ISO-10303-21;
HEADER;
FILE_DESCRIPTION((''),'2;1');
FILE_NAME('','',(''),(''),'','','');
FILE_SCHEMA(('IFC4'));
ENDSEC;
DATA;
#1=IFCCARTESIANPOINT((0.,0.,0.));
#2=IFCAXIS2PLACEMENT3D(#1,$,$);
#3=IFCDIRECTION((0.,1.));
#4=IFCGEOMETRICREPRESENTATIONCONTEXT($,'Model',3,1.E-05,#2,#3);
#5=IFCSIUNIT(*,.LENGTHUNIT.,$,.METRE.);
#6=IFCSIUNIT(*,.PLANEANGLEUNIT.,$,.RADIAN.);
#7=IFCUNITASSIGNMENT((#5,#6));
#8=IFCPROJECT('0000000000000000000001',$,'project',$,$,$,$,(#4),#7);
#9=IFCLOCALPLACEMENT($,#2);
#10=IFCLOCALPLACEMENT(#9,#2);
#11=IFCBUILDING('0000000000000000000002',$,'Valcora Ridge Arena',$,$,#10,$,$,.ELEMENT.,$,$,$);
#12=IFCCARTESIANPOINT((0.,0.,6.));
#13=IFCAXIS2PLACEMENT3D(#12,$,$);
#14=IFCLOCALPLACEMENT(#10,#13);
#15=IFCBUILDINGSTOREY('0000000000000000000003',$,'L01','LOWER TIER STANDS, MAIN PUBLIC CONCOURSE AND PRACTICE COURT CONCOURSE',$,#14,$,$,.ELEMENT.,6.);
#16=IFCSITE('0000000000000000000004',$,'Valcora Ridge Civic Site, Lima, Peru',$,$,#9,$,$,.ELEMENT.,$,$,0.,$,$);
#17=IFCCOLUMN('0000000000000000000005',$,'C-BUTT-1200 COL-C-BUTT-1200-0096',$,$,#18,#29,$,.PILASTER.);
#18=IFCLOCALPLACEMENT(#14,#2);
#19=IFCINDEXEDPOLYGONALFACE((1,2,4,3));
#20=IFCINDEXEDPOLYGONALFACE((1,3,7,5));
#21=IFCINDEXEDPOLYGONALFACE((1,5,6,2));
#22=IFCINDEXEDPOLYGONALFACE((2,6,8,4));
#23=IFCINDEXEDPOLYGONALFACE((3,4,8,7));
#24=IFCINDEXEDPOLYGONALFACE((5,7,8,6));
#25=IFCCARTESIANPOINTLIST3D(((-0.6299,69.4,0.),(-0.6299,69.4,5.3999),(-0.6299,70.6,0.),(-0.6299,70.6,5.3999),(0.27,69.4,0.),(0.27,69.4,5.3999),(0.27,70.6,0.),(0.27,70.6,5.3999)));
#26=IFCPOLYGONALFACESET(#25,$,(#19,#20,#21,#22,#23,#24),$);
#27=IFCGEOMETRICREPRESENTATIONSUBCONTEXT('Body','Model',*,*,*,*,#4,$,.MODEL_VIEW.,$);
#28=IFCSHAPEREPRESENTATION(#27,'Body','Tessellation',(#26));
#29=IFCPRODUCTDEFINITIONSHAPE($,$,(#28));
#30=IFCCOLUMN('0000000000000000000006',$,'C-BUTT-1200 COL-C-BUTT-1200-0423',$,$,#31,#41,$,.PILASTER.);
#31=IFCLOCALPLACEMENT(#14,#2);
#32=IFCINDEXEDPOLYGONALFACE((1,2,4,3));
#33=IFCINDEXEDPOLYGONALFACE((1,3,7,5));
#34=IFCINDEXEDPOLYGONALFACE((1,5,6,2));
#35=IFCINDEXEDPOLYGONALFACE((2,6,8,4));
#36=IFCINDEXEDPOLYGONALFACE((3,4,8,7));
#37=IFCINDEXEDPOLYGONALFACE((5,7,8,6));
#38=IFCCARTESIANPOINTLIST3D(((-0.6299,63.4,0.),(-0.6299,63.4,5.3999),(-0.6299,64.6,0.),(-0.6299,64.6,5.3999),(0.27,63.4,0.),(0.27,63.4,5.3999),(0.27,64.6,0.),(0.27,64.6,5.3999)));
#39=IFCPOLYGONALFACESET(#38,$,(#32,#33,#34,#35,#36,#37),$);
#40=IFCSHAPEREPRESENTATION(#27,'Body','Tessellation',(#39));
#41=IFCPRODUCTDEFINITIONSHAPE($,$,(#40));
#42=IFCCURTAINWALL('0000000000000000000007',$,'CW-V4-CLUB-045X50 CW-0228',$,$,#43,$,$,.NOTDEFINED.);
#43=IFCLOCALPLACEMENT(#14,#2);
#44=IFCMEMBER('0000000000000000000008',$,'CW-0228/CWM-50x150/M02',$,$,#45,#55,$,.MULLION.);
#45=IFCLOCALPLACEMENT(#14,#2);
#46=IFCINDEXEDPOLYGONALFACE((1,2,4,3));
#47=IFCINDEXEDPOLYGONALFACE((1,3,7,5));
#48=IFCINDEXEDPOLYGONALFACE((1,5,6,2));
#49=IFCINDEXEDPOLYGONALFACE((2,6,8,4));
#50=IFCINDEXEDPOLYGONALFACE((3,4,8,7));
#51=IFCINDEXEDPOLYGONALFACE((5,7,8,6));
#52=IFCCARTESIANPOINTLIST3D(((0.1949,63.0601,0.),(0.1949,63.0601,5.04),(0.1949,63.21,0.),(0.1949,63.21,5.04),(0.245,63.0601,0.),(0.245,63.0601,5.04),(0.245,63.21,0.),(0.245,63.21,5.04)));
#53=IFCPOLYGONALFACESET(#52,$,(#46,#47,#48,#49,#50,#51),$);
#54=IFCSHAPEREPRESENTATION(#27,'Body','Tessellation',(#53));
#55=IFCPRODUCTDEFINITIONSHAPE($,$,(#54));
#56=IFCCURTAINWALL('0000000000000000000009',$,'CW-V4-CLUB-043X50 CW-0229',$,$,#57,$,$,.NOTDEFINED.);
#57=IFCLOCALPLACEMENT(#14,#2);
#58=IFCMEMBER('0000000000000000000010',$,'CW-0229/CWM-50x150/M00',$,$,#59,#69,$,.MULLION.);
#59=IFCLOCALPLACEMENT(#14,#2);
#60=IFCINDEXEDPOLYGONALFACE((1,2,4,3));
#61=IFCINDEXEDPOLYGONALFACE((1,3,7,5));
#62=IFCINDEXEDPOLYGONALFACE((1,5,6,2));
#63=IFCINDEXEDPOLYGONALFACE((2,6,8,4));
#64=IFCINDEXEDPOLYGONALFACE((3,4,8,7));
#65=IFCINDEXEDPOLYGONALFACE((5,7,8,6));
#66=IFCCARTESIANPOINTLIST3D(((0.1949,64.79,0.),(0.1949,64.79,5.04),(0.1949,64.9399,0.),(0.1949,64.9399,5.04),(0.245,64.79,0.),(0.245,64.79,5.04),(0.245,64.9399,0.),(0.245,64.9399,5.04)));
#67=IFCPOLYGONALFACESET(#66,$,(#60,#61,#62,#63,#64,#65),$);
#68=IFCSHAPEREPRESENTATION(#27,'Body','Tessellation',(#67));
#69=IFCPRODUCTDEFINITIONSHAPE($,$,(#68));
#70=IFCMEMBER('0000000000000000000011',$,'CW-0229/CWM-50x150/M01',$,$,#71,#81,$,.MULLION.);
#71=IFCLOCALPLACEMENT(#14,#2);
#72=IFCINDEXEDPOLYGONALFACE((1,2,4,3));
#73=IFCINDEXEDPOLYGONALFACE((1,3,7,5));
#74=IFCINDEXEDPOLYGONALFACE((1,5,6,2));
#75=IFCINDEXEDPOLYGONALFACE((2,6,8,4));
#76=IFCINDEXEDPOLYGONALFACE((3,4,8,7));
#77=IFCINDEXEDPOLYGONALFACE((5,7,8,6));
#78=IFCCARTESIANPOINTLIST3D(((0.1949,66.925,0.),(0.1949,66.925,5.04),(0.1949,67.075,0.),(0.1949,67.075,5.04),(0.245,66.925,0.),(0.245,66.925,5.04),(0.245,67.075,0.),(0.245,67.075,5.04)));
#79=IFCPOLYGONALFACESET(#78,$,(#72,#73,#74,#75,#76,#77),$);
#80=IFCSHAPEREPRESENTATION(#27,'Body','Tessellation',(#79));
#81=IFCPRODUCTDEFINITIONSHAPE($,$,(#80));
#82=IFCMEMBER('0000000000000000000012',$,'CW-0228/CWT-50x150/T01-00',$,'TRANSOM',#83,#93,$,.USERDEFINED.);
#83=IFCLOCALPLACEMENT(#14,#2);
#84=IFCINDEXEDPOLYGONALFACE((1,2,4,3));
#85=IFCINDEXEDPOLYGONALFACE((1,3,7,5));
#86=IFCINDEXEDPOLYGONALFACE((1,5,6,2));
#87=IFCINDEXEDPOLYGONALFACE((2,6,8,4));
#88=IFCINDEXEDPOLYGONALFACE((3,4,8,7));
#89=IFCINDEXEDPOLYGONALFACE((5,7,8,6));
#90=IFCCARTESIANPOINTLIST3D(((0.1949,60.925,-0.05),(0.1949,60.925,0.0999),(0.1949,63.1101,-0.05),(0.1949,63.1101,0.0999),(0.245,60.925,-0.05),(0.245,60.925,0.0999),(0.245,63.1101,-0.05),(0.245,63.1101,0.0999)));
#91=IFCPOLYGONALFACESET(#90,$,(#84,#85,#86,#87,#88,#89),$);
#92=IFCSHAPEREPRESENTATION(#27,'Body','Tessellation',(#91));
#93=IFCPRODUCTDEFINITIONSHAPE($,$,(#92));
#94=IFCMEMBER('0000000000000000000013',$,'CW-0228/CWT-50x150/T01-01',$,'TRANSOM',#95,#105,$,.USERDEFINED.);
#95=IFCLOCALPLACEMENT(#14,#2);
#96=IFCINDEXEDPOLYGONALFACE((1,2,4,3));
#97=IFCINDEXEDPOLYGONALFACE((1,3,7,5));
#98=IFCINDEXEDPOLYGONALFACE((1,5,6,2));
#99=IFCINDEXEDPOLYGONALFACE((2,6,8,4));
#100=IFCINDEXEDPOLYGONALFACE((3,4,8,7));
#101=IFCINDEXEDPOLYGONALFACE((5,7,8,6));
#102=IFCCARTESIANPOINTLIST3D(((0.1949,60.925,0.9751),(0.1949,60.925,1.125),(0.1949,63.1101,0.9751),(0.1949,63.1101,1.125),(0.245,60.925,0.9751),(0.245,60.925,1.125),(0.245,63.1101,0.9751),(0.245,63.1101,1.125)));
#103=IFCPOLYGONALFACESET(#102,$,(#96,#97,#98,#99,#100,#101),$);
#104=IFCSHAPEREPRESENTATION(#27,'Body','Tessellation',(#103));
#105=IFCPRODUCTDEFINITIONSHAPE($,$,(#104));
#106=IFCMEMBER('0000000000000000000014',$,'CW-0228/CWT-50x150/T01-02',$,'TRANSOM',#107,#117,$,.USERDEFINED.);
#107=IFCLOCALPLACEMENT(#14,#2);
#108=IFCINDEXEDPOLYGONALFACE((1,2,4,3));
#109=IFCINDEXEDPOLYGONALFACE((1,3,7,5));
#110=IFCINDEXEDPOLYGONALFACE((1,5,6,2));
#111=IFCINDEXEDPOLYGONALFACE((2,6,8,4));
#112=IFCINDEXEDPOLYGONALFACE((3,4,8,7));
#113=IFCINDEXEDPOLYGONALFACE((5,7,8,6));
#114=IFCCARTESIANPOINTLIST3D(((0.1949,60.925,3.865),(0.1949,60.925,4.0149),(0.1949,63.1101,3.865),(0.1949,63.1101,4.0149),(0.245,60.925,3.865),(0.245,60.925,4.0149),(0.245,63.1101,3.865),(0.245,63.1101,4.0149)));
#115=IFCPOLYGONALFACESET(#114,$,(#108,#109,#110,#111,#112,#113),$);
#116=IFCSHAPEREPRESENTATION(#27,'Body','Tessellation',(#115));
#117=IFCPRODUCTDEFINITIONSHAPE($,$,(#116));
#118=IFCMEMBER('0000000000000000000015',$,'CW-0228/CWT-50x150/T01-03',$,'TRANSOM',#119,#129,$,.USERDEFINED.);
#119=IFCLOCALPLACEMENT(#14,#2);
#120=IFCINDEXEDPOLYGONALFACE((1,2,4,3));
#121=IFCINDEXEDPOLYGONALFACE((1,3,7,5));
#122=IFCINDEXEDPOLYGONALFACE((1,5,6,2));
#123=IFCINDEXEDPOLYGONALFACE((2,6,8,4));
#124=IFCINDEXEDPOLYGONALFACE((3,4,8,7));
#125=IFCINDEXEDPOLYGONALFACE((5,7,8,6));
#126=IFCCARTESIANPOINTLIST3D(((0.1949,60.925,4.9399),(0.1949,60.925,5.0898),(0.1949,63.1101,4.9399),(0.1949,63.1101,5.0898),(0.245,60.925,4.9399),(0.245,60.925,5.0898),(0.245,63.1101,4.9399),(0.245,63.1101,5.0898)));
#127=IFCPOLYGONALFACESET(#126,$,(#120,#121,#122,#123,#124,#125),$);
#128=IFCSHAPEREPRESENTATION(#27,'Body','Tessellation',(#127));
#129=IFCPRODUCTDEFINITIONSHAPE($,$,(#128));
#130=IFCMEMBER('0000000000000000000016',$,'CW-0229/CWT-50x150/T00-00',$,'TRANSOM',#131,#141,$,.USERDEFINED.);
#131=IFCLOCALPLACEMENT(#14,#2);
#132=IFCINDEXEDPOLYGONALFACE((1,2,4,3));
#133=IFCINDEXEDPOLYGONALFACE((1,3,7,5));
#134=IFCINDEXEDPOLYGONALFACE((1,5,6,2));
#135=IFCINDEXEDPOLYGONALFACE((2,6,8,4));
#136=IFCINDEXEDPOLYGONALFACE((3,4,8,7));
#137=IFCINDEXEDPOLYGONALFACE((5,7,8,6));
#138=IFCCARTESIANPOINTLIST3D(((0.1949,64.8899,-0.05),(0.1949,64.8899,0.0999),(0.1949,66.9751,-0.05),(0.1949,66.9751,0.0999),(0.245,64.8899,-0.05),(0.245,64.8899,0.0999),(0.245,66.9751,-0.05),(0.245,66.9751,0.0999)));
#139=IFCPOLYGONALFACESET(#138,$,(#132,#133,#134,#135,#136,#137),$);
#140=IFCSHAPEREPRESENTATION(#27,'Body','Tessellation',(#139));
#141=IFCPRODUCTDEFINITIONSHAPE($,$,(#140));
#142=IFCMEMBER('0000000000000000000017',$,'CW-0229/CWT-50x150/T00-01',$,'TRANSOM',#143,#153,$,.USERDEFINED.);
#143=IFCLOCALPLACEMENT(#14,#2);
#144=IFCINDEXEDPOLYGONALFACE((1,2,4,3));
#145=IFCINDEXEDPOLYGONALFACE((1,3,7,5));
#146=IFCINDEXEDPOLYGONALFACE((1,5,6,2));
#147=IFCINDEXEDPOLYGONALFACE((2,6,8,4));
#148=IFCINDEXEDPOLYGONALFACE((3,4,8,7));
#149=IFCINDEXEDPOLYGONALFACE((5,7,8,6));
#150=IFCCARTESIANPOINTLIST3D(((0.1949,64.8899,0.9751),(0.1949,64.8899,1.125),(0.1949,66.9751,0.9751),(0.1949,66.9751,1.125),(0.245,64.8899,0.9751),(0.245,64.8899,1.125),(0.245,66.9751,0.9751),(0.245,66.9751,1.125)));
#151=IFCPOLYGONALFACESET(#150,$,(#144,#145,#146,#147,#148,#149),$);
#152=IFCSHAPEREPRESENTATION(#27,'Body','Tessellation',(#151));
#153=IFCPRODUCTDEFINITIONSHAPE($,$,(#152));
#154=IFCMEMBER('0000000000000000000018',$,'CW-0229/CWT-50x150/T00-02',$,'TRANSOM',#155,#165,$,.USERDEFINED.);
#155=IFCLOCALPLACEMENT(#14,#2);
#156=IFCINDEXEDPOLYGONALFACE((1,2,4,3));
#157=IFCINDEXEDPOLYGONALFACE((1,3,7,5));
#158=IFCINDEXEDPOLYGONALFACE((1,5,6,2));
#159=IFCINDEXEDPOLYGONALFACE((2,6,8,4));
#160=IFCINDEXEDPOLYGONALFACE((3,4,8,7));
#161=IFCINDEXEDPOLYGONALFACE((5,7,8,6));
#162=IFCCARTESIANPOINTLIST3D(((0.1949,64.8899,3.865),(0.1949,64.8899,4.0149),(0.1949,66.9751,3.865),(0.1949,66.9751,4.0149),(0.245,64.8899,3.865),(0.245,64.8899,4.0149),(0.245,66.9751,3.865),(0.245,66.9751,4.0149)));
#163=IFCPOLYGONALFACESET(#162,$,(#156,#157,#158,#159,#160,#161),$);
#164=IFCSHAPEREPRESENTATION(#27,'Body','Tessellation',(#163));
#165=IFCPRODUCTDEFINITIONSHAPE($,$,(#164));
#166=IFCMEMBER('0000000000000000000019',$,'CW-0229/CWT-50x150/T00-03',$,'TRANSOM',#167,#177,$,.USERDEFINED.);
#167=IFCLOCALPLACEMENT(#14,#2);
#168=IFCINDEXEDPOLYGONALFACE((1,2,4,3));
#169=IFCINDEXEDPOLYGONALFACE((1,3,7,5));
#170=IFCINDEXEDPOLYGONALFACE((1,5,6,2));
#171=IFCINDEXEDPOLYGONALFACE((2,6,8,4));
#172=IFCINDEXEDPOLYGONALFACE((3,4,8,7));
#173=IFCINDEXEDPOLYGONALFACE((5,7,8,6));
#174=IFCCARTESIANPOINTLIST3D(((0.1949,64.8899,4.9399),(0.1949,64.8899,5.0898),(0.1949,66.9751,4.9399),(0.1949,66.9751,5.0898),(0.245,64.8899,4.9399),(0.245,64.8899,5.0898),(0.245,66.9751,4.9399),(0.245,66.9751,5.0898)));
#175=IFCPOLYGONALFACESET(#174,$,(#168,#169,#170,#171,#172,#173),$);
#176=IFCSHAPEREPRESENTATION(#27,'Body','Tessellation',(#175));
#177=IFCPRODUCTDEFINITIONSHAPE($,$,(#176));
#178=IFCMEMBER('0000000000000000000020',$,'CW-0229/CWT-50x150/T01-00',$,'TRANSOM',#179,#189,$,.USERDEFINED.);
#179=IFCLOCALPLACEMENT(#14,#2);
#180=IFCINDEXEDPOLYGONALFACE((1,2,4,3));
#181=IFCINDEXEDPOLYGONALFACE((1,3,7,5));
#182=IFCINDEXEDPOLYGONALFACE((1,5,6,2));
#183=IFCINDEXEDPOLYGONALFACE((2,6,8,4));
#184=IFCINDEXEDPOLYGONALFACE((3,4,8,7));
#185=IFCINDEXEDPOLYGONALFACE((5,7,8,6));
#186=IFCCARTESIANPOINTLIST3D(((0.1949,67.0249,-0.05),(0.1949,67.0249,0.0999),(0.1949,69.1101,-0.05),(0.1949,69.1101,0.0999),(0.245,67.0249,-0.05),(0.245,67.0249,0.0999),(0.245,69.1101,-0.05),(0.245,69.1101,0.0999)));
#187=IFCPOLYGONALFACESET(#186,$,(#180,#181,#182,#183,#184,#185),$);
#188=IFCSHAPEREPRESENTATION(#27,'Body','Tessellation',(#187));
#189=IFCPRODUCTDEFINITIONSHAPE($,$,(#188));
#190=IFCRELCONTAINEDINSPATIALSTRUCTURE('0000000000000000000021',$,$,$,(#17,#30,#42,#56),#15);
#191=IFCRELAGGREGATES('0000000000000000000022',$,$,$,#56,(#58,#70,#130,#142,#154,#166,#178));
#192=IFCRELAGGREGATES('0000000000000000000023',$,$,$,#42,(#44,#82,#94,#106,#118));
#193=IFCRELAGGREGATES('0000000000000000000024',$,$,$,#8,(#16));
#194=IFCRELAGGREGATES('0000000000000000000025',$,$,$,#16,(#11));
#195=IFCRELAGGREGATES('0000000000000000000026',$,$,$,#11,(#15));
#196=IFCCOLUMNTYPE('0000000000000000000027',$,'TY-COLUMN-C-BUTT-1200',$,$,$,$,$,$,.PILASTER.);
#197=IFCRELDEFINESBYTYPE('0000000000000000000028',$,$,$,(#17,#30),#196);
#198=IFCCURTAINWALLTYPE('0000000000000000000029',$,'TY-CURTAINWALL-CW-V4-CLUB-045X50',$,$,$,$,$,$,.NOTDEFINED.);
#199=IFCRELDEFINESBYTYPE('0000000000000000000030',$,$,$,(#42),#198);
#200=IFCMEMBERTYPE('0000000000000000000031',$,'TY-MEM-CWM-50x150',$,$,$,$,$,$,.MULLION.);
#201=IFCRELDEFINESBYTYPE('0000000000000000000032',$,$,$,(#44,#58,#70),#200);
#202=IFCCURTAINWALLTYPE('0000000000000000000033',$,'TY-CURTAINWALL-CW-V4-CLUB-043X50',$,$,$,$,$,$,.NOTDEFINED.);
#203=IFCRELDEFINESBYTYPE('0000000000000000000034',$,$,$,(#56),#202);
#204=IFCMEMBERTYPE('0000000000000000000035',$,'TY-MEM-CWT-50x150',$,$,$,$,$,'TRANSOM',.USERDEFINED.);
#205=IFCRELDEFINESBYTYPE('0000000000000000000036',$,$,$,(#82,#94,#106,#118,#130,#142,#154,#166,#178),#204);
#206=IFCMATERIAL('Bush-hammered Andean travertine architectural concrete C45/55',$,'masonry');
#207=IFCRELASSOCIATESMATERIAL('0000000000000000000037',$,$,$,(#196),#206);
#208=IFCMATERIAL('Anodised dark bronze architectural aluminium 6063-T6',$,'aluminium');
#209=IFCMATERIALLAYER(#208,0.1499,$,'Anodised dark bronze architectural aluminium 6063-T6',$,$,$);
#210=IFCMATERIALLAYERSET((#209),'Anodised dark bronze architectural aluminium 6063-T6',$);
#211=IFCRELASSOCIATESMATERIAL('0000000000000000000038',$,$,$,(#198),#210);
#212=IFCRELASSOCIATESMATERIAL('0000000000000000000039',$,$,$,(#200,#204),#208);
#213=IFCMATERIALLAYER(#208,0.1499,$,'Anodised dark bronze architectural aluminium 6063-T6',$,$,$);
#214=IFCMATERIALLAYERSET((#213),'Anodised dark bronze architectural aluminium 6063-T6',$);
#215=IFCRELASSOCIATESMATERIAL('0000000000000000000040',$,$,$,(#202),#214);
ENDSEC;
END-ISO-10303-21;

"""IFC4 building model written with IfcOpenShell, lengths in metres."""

from ifc_helpers import new_model, si_unit, direction, frame, origin, origin_2d, place, context, subcontext, project, spatial, rectangle, extrude, material, layer, layer_set, material_profile, profile_set, type_object, element, aggregate, save


model = new_model("IFC4")

# Units and contexts
model_context = context("Model", 3, precision=1e-05, world=origin(), true_north=direction((0.0, 1.0)))
body_context = subcontext(model_context, "Body", "Model", "MODEL_VIEW")
ifc_project = project(units=[si_unit("LENGTHUNIT", "METRE"), si_unit("PLANEANGLEUNIT", "RADIAN")], contexts=[model_context])

# Site, building, storey
site_placement = place(None, origin())
site = spatial("IfcSite", under=ifc_project, at=site_placement, Name="Valcora Ridge Civic Site, Lima, Peru", CompositionType="ELEMENT", RefElevation=0.0)
building_placement = place(site_placement, origin())
building = spatial("IfcBuilding", under=site, at=building_placement, Name="Valcora Ridge Arena", CompositionType="ELEMENT")
storey_placement = place(building_placement, frame((0.0, 0.0, 6.0)))
storey = spatial("IfcBuildingStorey", under=building, at=storey_placement, Name="L01", Description="LOWER TIER STANDS, MAIN PUBLIC CONCOURSE AND PRACTICE COURT CONCOURSE", CompositionType="ELEMENT", Elevation=6.0)

# Columns
ifc_material_1 = material(Name="Bush-hammered Andean travertine architectural concrete C45/55", Category="masonry")
ifc_material_profile_1 = material_profile(ifc_material_1, rectangle(XDim=0.8999, YDim=1.2, at=origin_2d()), Name="RC 900x1200")
ifc_profile_set_1 = profile_set([ifc_material_profile_1], Name="Bush-hammered Andean travertine architectural concrete C45/55")
column_type = type_object("IfcColumnType", Name="TY-COLUMN-C-BUTT-1200", PredefinedType="PILASTER", material=ifc_profile_set_1)
for number, where, z_axis, x_axis, name in (
    (1, (-0.1799, 70.0, 0.0), (0.0, 0.0, 1.0), (1.0, 0.0, 0.0), "C-BUTT-1200 COL-C-BUTT-1200-0096"),
    (2, (-0.1799, 64.0, 0.0), (0.0, 0.0, 1.0), (1.0, 0.0, 0.0), "C-BUTT-1200 COL-C-BUTT-1200-0423"),
):
    element("IfcColumn", number, at=place(storey_placement, frame(where, z_axis=z_axis, x_axis=x_axis)), inside=storey, type_object=column_type, Name=name, PredefinedType="PILASTER", context=body_context, shape_type="SweptSolid", body=[
        extrude(rectangle(XDim=0.8999, YDim=1.2, at=origin_2d()), origin(), (0.0, 0.0, 1.0), 5.3999),
    ])

# Curtain wall, member
ifc_material_2 = material(Name="Anodised dark bronze architectural aluminium 6063-T6", Category="aluminium")
ifc_layer_1 = layer(ifc_material_2, 0.1499, Name="Anodised dark bronze architectural aluminium 6063-T6")
ifc_layer_set_1 = layer_set([ifc_layer_1], Name="Anodised dark bronze architectural aluminium 6063-T6")
curtain_wall_type_1 = type_object("IfcCurtainWallType", Name="TY-CURTAINWALL-CW-V4-CLUB-045X50", PredefinedType="NOTDEFINED", material=ifc_layer_set_1)
curtain_wall_1_placement = place(storey_placement, origin())
curtain_wall_1 = element("IfcCurtainWall", 3, at=curtain_wall_1_placement, inside=storey, type_object=curtain_wall_type_1, Name="CW-V4-CLUB-045X50 CW-0228", PredefinedType="NOTDEFINED")
ifc_material_profile_2 = material_profile(ifc_material_2, rectangle(XDim=0.05, YDim=0.1499, at=origin_2d()), Name="ALU MULLION 50x150")
ifc_profile_set_2 = profile_set([ifc_material_profile_2], Name="Anodised dark bronze architectural aluminium 6063-T6")
member_type_1 = type_object("IfcMemberType", Name="TY-MEM-CWM-50x150", PredefinedType="MULLION", material=ifc_profile_set_2)
member_1_placement = place(storey_placement, frame((0.22, 63.135, 0.0), z_axis=(0.0, 0.0, 1.0), x_axis=(-1.0, 0.0, 0.0)))
member_1 = element("IfcMember", 4, at=member_1_placement, type_object=member_type_1, Name="CW-0228/CWM-50x150/M02", PredefinedType="MULLION", context=body_context, shape_type="SweptSolid", body=[
    extrude(rectangle(XDim=0.05, YDim=0.1499, at=origin_2d()), origin(), (0.0, 0.0, 1.0), 5.04),
])

# Curtain wall, members
ifc_layer_2 = layer(ifc_material_2, 0.1499, Name="Anodised dark bronze architectural aluminium 6063-T6")
ifc_layer_set_2 = layer_set([ifc_layer_2], Name="Anodised dark bronze architectural aluminium 6063-T6")
curtain_wall_type_2 = type_object("IfcCurtainWallType", Name="TY-CURTAINWALL-CW-V4-CLUB-043X50", PredefinedType="NOTDEFINED", material=ifc_layer_set_2)
curtain_wall_2_placement = place(storey_placement, origin())
curtain_wall_2 = element("IfcCurtainWall", 5, at=curtain_wall_2_placement, inside=storey, type_object=curtain_wall_type_2, Name="CW-V4-CLUB-043X50 CW-0229", PredefinedType="NOTDEFINED")
member_2_placement = place(storey_placement, frame((0.22, 64.865, 0.0), z_axis=(0.0, 0.0, 1.0), x_axis=(-1.0, 0.0, 0.0)))
member_2 = element("IfcMember", 6, at=member_2_placement, type_object=member_type_1, Name="CW-0229/CWM-50x150/M00", PredefinedType="MULLION", context=body_context, shape_type="SweptSolid", body=[
    extrude(rectangle(XDim=0.05, YDim=0.1499, at=origin_2d()), origin(), (0.0, 0.0, 1.0), 5.04),
])
member_3_placement = place(storey_placement, frame((0.22, 67.0, 0.0), z_axis=(0.0, 0.0, 1.0), x_axis=(-1.0, 0.0, 0.0)))
member_3 = element("IfcMember", 7, at=member_3_placement, type_object=member_type_1, Name="CW-0229/CWM-50x150/M01", PredefinedType="MULLION", context=body_context, shape_type="SweptSolid", body=[
    extrude(rectangle(XDim=0.05, YDim=0.1499, at=origin_2d()), origin(), (0.0, 0.0, 1.0), 5.04),
])

# Members
ifc_material_profile_3 = material_profile(ifc_material_2, rectangle(XDim=0.05, YDim=0.1499, at=origin_2d()), Name="ALU TRANSOM 50x150")
ifc_profile_set_3 = profile_set([ifc_material_profile_3], Name="Anodised dark bronze architectural aluminium 6063-T6")
member_type_2 = type_object("IfcMemberType", Name="TY-MEM-CWT-50x150", ElementType="TRANSOM", PredefinedType="USERDEFINED", material=ifc_profile_set_3)
member_4_placement = place(storey_placement, frame((0.22, 60.925, 0.0249), z_axis=(0.0, 1.0, 0.0), x_axis=(-1.0, 0.0, 0.0)))
member_4 = element("IfcMember", 8, at=member_4_placement, type_object=member_type_2, Name="CW-0228/CWT-50x150/T01-00", ObjectType="TRANSOM", PredefinedType="USERDEFINED", context=body_context, shape_type="SweptSolid", body=[
    extrude(rectangle(XDim=0.05, YDim=0.1499, at=origin_2d()), origin(), (0.0, 0.0, 1.0), 2.1851),
])
member_5_placement = place(storey_placement, frame((0.22, 60.925, 1.05), z_axis=(0.0, 1.0, 0.0), x_axis=(-1.0, 0.0, 0.0)))
member_5 = element("IfcMember", 9, at=member_5_placement, type_object=member_type_2, Name="CW-0228/CWT-50x150/T01-01", ObjectType="TRANSOM", PredefinedType="USERDEFINED", context=body_context, shape_type="SweptSolid", body=[
    extrude(rectangle(XDim=0.05, YDim=0.1499, at=origin_2d()), origin(), (0.0, 0.0, 1.0), 2.1851),
])
member_6_placement = place(storey_placement, frame((0.22, 60.925, 3.9399), z_axis=(0.0, 1.0, 0.0), x_axis=(-1.0, 0.0, 0.0)))
member_6 = element("IfcMember", 10, at=member_6_placement, type_object=member_type_2, Name="CW-0228/CWT-50x150/T01-02", ObjectType="TRANSOM", PredefinedType="USERDEFINED", context=body_context, shape_type="SweptSolid", body=[
    extrude(rectangle(XDim=0.05, YDim=0.1499, at=origin_2d()), origin(), (0.0, 0.0, 1.0), 2.1851),
])
member_7_placement = place(storey_placement, frame((0.22, 60.925, 5.0149), z_axis=(0.0, 1.0, 0.0), x_axis=(-1.0, 0.0, 0.0)))
member_7 = element("IfcMember", 11, at=member_7_placement, type_object=member_type_2, Name="CW-0228/CWT-50x150/T01-03", ObjectType="TRANSOM", PredefinedType="USERDEFINED", context=body_context, shape_type="SweptSolid", body=[
    extrude(rectangle(XDim=0.05, YDim=0.1499, at=origin_2d()), origin(), (0.0, 0.0, 1.0), 2.1851),
])
member_8_placement = place(storey_placement, frame((0.22, 64.8899, 0.0249), z_axis=(0.0, 1.0, 0.0), x_axis=(-1.0, 0.0, 0.0)))
member_8 = element("IfcMember", 12, at=member_8_placement, type_object=member_type_2, Name="CW-0229/CWT-50x150/T00-00", ObjectType="TRANSOM", PredefinedType="USERDEFINED", context=body_context, shape_type="SweptSolid", body=[
    extrude(rectangle(XDim=0.05, YDim=0.1499, at=origin_2d()), origin(), (0.0, 0.0, 1.0), 2.0852),
])
member_9_placement = place(storey_placement, frame((0.22, 64.8899, 1.05), z_axis=(0.0, 1.0, 0.0), x_axis=(-1.0, 0.0, 0.0)))
member_9 = element("IfcMember", 13, at=member_9_placement, type_object=member_type_2, Name="CW-0229/CWT-50x150/T00-01", ObjectType="TRANSOM", PredefinedType="USERDEFINED", context=body_context, shape_type="SweptSolid", body=[
    extrude(rectangle(XDim=0.05, YDim=0.1499, at=origin_2d()), origin(), (0.0, 0.0, 1.0), 2.0852),
])
member_10_placement = place(storey_placement, frame((0.22, 64.8899, 3.9399), z_axis=(0.0, 1.0, 0.0), x_axis=(-1.0, 0.0, 0.0)))
member_10 = element("IfcMember", 14, at=member_10_placement, type_object=member_type_2, Name="CW-0229/CWT-50x150/T00-02", ObjectType="TRANSOM", PredefinedType="USERDEFINED", context=body_context, shape_type="SweptSolid", body=[
    extrude(rectangle(XDim=0.05, YDim=0.1499, at=origin_2d()), origin(), (0.0, 0.0, 1.0), 2.0852),
])
member_11_placement = place(storey_placement, frame((0.22, 64.8899, 5.0149), z_axis=(0.0, 1.0, 0.0), x_axis=(-1.0, 0.0, 0.0)))
member_11 = element("IfcMember", 15, at=member_11_placement, type_object=member_type_2, Name="CW-0229/CWT-50x150/T00-03", ObjectType="TRANSOM", PredefinedType="USERDEFINED", context=body_context, shape_type="SweptSolid", body=[
    extrude(rectangle(XDim=0.05, YDim=0.1499, at=origin_2d()), origin(), (0.0, 0.0, 1.0), 2.0852),
])
member_12_placement = place(storey_placement, frame((0.22, 67.0249, 0.0249), z_axis=(0.0, 1.0, 0.0), x_axis=(-1.0, 0.0, 0.0)))
member_12 = element("IfcMember", 16, at=member_12_placement, type_object=member_type_2, Name="CW-0229/CWT-50x150/T01-00", ObjectType="TRANSOM", PredefinedType="USERDEFINED", context=body_context, shape_type="SweptSolid", body=[
    extrude(rectangle(XDim=0.05, YDim=0.1499, at=origin_2d()), origin(), (0.0, 0.0, 1.0), 2.0852),
])

aggregate(curtain_wall_2, [member_2, member_3, member_8, member_9, member_10, member_11, member_12])
aggregate(curtain_wall_1, [member_1, member_4, member_5, member_6, member_7])

save(model, "model.ifc")
